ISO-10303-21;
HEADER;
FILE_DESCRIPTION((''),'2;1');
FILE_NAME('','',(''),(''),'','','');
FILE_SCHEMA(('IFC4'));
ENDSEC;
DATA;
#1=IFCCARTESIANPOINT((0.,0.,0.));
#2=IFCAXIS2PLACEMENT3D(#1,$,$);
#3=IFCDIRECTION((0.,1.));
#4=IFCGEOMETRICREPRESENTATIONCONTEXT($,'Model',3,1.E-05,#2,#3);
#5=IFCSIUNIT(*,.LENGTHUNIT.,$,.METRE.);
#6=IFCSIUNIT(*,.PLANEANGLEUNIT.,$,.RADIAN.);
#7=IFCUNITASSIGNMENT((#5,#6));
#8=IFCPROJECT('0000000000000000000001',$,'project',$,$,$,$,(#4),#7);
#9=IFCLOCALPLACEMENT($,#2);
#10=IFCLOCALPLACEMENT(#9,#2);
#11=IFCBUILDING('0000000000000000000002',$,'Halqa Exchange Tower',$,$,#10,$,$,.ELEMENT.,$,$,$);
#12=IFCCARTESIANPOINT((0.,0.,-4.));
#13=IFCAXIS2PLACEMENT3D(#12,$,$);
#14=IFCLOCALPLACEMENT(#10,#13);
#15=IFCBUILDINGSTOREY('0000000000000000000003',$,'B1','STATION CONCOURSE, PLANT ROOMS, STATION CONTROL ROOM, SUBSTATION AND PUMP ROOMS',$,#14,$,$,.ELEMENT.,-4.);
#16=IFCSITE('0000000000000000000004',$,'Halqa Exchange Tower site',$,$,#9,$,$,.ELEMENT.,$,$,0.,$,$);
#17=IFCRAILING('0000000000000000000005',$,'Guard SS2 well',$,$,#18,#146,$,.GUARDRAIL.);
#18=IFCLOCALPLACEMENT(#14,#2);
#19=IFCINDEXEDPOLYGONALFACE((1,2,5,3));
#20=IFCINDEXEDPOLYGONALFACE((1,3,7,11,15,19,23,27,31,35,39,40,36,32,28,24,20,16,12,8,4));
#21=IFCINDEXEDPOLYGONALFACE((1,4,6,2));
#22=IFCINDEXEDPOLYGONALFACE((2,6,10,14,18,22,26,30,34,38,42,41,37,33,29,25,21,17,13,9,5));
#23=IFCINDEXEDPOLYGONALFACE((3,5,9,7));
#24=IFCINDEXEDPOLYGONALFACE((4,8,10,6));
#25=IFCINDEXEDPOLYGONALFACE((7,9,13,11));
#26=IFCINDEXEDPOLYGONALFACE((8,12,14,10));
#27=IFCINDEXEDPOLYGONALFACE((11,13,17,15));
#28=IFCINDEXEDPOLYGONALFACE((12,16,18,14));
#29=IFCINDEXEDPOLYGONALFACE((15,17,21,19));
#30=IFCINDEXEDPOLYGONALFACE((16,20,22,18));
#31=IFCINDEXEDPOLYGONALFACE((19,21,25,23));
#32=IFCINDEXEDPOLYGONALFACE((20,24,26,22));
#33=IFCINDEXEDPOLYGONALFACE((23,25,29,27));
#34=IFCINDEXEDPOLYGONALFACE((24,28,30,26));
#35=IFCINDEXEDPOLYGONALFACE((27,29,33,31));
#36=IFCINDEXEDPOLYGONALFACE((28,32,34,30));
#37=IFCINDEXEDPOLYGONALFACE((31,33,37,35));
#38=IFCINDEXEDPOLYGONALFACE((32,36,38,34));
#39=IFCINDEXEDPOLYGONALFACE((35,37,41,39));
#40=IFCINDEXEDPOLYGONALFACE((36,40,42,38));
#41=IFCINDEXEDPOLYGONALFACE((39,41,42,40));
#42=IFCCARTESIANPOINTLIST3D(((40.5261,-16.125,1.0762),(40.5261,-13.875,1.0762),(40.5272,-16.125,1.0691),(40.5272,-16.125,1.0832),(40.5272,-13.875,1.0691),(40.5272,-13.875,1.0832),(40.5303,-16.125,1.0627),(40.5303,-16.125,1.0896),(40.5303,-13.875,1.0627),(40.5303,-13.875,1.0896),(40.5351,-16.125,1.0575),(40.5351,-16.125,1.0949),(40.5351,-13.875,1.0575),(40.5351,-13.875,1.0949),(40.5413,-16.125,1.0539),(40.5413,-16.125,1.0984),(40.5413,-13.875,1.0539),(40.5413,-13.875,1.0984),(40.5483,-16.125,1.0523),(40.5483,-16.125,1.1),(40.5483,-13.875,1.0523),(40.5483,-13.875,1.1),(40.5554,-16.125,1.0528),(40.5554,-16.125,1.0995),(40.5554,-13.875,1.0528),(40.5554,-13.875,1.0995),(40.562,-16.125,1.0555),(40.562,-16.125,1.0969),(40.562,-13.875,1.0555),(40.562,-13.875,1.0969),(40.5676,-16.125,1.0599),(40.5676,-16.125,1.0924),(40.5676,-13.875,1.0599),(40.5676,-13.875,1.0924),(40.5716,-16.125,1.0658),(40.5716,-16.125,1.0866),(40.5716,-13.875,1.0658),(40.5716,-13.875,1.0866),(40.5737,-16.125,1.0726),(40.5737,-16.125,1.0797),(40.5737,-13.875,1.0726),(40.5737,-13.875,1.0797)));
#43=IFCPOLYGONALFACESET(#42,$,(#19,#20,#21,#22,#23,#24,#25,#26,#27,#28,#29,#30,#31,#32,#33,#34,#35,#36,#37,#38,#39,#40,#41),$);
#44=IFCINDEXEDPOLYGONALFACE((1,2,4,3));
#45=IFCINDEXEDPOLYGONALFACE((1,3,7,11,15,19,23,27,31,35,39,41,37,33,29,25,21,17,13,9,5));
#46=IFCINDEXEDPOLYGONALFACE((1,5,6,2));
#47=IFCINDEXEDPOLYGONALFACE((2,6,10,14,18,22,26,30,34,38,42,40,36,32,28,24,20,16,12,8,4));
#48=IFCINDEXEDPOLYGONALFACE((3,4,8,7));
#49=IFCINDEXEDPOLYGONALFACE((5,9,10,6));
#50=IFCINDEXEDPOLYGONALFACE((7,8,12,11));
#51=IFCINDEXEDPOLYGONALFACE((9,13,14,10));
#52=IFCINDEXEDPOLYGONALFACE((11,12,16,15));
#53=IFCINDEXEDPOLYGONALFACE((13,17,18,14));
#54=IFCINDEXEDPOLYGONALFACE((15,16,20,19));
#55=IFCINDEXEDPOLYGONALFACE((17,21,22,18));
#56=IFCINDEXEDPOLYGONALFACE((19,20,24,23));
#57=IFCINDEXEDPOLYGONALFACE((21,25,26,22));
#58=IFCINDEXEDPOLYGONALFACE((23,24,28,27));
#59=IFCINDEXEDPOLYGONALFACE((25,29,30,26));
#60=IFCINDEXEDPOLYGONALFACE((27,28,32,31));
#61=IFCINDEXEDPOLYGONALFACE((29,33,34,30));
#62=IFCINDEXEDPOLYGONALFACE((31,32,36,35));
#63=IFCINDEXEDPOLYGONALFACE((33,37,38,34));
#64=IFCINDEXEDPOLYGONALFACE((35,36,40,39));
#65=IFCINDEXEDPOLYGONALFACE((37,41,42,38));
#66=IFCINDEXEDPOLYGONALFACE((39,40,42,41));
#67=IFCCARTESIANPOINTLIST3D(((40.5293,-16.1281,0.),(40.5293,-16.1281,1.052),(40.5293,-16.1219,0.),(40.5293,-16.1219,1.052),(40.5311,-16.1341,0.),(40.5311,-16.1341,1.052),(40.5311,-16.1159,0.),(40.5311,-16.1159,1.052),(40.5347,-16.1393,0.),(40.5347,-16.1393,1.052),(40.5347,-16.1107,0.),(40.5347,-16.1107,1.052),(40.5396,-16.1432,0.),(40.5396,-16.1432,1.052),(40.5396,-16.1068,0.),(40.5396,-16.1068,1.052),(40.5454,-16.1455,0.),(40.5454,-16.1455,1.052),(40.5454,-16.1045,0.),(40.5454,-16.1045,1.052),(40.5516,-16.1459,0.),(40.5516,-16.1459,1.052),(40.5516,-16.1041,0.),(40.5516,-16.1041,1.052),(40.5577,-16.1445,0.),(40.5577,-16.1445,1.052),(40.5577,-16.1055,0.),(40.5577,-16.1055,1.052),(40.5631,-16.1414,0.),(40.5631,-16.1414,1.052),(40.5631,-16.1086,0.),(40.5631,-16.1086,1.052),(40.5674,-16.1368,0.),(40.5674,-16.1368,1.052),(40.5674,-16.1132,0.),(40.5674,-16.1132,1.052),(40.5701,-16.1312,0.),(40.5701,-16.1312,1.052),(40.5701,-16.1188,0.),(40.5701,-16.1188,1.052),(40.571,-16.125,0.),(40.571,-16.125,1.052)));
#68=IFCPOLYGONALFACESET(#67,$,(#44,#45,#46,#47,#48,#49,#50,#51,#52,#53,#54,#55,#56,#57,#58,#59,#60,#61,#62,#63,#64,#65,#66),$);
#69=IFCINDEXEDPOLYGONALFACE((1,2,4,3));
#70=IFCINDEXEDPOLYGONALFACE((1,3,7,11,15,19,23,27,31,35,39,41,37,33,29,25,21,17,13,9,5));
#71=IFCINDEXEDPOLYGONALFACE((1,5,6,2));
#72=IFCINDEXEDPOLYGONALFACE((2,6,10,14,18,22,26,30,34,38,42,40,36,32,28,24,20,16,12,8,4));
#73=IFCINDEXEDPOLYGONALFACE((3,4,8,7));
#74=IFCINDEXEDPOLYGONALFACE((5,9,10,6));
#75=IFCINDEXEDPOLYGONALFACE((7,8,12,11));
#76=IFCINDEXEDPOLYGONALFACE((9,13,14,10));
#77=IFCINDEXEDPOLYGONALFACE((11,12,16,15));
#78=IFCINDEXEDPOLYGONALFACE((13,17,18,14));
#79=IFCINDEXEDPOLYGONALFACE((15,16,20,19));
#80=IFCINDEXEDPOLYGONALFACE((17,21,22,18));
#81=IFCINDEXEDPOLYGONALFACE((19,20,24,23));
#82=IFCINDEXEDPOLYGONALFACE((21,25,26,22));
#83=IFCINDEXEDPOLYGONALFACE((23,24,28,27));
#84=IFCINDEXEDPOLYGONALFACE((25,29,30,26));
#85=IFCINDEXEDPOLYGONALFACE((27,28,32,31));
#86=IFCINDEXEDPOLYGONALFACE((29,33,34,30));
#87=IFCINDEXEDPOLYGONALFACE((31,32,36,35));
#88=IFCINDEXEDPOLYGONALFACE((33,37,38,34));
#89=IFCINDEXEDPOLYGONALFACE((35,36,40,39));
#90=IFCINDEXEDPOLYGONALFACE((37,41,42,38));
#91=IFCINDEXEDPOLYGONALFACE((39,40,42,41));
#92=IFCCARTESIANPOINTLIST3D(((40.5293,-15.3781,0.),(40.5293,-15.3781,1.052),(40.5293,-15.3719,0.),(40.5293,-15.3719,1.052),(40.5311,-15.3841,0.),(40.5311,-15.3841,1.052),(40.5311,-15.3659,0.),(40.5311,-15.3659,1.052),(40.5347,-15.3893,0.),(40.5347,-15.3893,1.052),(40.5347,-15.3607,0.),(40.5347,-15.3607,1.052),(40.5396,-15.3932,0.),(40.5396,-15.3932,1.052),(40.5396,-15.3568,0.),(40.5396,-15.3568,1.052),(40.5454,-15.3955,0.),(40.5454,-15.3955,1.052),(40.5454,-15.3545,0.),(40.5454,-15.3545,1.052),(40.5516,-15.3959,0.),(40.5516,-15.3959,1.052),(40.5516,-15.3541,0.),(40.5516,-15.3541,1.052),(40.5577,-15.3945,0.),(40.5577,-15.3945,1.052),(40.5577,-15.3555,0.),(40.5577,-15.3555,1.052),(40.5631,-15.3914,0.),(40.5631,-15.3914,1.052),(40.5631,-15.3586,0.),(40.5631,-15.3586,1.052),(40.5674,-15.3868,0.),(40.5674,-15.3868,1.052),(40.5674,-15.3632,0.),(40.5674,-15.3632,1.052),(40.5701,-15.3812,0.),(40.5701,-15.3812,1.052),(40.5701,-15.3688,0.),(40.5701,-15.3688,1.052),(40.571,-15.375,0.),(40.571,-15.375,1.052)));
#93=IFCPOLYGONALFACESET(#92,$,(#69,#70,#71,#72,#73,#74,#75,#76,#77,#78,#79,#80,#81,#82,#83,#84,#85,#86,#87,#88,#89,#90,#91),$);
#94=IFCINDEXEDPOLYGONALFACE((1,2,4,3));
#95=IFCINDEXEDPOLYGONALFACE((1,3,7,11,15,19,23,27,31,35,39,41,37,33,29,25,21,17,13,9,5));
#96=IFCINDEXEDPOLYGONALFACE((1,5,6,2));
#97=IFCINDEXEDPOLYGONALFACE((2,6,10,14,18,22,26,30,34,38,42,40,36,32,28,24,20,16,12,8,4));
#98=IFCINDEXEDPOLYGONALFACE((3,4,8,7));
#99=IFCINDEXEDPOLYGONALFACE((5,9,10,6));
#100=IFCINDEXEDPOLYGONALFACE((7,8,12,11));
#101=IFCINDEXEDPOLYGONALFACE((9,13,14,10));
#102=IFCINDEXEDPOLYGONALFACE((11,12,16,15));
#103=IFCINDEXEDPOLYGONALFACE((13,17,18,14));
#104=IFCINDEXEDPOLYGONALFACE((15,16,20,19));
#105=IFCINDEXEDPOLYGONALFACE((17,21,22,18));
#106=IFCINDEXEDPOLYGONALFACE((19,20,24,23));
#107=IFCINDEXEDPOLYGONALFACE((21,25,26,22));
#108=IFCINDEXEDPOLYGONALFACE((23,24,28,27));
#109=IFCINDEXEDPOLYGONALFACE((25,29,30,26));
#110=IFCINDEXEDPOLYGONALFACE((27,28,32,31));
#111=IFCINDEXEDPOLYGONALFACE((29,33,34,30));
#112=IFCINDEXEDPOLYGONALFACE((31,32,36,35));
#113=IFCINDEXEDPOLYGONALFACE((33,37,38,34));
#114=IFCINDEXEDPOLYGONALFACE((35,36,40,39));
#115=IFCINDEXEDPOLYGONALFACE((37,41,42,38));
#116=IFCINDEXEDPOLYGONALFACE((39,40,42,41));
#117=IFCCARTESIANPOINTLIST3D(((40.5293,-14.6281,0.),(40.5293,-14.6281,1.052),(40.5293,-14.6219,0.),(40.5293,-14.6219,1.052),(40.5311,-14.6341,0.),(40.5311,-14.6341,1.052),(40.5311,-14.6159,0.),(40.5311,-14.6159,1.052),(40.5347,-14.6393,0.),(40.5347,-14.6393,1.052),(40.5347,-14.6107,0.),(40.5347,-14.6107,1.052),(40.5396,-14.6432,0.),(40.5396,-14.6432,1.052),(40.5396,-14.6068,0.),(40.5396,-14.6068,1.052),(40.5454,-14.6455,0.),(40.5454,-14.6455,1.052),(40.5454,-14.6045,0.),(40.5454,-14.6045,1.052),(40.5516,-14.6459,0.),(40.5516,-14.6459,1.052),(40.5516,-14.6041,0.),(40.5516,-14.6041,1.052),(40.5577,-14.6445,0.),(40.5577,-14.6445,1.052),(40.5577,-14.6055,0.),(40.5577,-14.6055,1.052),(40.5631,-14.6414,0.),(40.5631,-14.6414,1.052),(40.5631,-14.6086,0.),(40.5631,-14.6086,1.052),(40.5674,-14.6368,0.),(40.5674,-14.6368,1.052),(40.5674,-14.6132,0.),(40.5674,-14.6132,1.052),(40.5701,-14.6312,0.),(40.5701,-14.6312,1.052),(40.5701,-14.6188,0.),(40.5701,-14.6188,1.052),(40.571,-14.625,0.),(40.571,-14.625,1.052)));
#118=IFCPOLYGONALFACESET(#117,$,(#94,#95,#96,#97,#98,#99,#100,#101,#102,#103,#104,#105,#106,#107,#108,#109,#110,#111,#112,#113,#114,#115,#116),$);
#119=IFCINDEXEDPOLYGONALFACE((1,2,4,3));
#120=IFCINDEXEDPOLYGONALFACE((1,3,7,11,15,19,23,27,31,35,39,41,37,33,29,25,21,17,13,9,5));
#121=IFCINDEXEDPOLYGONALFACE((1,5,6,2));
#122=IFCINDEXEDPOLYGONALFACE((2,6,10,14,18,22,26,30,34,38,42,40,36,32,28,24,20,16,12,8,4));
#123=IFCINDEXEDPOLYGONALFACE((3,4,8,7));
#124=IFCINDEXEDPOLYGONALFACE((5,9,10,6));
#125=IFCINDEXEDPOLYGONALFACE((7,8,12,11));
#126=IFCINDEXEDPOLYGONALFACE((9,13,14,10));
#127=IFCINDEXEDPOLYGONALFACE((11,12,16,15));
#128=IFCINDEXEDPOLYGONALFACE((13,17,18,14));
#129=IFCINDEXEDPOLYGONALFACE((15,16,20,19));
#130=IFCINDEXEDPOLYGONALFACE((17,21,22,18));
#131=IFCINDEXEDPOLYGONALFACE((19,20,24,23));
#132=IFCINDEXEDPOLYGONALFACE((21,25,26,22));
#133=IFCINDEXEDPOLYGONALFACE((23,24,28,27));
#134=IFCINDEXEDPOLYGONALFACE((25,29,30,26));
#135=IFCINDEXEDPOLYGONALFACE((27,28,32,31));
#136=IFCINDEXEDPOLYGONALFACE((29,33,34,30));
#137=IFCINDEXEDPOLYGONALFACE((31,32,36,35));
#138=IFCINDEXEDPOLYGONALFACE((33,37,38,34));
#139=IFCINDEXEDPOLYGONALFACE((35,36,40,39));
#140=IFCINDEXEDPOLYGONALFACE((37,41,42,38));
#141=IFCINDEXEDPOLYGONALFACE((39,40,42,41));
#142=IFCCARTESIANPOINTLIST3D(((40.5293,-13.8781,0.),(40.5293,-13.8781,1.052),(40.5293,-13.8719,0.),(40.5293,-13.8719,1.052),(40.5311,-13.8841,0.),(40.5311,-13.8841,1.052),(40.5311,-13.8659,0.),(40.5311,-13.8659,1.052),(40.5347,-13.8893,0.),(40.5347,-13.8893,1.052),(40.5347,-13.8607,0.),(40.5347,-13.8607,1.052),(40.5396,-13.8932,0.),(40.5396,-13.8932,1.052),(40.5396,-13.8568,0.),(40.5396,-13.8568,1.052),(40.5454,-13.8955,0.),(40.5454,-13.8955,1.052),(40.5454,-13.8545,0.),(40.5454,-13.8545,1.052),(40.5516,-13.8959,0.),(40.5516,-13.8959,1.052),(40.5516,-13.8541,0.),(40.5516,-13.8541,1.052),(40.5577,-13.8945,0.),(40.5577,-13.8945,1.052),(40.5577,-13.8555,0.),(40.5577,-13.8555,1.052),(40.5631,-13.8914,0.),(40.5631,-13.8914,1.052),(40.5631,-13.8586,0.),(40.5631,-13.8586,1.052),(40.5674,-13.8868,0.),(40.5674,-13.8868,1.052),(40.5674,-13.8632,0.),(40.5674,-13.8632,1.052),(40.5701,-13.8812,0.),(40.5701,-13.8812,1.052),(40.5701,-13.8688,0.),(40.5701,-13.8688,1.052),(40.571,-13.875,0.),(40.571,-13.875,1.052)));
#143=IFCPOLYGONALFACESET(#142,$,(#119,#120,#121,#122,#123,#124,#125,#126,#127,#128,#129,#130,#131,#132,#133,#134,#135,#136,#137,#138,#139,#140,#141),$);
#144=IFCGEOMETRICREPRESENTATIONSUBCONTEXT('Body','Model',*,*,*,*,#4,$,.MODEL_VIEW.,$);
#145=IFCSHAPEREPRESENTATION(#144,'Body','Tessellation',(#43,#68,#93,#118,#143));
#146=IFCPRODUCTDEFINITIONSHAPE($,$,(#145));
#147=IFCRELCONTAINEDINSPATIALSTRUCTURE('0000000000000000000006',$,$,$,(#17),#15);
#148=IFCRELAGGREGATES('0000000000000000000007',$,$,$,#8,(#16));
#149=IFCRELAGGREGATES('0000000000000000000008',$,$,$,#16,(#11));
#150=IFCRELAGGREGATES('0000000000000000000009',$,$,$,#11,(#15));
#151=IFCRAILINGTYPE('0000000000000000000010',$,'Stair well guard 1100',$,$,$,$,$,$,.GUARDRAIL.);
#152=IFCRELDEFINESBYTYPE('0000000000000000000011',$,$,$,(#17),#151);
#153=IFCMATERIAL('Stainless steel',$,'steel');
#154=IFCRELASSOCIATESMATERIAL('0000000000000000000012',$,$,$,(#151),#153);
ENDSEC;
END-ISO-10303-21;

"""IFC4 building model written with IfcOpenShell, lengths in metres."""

from ifc_helpers import new_model, si_unit, direction, frame, origin, origin_2d, place, context, subcontext, project, spatial, circle, extrude, material, type_object, element, save


model = new_model("IFC4")

# Units and contexts
model_context = context("Model", 3, precision=1e-05, world=origin(), true_north=direction((0.0, 1.0)))
body_context = subcontext(model_context, "Body", "Model", "MODEL_VIEW")
ifc_project = project(units=[si_unit("LENGTHUNIT", "METRE"), si_unit("PLANEANGLEUNIT", "RADIAN")], contexts=[model_context])

# Site, building, storey
site_placement = place(None, origin())
site = spatial("IfcSite", under=ifc_project, at=site_placement, Name="Halqa Exchange Tower site", CompositionType="ELEMENT", RefElevation=0.0)
building_placement = place(site_placement, origin())
building = spatial("IfcBuilding", under=site, at=building_placement, Name="Halqa Exchange Tower", CompositionType="ELEMENT")
storey_placement = place(building_placement, frame((0.0, 0.0, -4.0)))
storey = spatial("IfcBuildingStorey", under=building, at=storey_placement, Name="B1", Description="STATION CONCOURSE, PLANT ROOMS, STATION CONTROL ROOM, SUBSTATION AND PUMP ROOMS", CompositionType="ELEMENT", Elevation=-4.0)

# Railing
ifc_material_1 = material(Name="Stainless steel", Category="steel")
railing_type_1 = type_object("IfcRailingType", Name="Stair well guard 1100", PredefinedType="GUARDRAIL", material=ifc_material_1)
railing_1_placement = place(storey_placement, frame((40.55, -16.125, 0.0)))
element("IfcRailing", 1, at=railing_1_placement, inside=storey, type_object=railing_type_1, Name="Guard SS2 well", PredefinedType="GUARDRAIL", context=body_context, shape_type="SweptSolid", body=[
    extrude(circle(Radius=0.0239, at=origin_2d()), frame((0.0, 0.0, 1.0762), z_axis=(0.0, 1.0, 0.0), x_axis=(-1.0, 0.0, 0.0)), (0.0, 0.0, 1.0), 2.25),
    extrude(circle(Radius=0.021, at=origin_2d()), origin(), (0.0, 0.0, 1.0), 1.052),
    extrude(circle(Radius=0.021, at=origin_2d()), frame((0.0, 0.75, 0.0)), (0.0, 0.0, 1.0), 1.052),
    extrude(circle(Radius=0.021, at=origin_2d()), frame((0.0, 1.5, 0.0)), (0.0, 0.0, 1.0), 1.052),
    extrude(circle(Radius=0.021, at=origin_2d()), frame((0.0, 2.25, 0.0)), (0.0, 0.0, 1.0), 1.052),
])

save(model, "model.ifc")
